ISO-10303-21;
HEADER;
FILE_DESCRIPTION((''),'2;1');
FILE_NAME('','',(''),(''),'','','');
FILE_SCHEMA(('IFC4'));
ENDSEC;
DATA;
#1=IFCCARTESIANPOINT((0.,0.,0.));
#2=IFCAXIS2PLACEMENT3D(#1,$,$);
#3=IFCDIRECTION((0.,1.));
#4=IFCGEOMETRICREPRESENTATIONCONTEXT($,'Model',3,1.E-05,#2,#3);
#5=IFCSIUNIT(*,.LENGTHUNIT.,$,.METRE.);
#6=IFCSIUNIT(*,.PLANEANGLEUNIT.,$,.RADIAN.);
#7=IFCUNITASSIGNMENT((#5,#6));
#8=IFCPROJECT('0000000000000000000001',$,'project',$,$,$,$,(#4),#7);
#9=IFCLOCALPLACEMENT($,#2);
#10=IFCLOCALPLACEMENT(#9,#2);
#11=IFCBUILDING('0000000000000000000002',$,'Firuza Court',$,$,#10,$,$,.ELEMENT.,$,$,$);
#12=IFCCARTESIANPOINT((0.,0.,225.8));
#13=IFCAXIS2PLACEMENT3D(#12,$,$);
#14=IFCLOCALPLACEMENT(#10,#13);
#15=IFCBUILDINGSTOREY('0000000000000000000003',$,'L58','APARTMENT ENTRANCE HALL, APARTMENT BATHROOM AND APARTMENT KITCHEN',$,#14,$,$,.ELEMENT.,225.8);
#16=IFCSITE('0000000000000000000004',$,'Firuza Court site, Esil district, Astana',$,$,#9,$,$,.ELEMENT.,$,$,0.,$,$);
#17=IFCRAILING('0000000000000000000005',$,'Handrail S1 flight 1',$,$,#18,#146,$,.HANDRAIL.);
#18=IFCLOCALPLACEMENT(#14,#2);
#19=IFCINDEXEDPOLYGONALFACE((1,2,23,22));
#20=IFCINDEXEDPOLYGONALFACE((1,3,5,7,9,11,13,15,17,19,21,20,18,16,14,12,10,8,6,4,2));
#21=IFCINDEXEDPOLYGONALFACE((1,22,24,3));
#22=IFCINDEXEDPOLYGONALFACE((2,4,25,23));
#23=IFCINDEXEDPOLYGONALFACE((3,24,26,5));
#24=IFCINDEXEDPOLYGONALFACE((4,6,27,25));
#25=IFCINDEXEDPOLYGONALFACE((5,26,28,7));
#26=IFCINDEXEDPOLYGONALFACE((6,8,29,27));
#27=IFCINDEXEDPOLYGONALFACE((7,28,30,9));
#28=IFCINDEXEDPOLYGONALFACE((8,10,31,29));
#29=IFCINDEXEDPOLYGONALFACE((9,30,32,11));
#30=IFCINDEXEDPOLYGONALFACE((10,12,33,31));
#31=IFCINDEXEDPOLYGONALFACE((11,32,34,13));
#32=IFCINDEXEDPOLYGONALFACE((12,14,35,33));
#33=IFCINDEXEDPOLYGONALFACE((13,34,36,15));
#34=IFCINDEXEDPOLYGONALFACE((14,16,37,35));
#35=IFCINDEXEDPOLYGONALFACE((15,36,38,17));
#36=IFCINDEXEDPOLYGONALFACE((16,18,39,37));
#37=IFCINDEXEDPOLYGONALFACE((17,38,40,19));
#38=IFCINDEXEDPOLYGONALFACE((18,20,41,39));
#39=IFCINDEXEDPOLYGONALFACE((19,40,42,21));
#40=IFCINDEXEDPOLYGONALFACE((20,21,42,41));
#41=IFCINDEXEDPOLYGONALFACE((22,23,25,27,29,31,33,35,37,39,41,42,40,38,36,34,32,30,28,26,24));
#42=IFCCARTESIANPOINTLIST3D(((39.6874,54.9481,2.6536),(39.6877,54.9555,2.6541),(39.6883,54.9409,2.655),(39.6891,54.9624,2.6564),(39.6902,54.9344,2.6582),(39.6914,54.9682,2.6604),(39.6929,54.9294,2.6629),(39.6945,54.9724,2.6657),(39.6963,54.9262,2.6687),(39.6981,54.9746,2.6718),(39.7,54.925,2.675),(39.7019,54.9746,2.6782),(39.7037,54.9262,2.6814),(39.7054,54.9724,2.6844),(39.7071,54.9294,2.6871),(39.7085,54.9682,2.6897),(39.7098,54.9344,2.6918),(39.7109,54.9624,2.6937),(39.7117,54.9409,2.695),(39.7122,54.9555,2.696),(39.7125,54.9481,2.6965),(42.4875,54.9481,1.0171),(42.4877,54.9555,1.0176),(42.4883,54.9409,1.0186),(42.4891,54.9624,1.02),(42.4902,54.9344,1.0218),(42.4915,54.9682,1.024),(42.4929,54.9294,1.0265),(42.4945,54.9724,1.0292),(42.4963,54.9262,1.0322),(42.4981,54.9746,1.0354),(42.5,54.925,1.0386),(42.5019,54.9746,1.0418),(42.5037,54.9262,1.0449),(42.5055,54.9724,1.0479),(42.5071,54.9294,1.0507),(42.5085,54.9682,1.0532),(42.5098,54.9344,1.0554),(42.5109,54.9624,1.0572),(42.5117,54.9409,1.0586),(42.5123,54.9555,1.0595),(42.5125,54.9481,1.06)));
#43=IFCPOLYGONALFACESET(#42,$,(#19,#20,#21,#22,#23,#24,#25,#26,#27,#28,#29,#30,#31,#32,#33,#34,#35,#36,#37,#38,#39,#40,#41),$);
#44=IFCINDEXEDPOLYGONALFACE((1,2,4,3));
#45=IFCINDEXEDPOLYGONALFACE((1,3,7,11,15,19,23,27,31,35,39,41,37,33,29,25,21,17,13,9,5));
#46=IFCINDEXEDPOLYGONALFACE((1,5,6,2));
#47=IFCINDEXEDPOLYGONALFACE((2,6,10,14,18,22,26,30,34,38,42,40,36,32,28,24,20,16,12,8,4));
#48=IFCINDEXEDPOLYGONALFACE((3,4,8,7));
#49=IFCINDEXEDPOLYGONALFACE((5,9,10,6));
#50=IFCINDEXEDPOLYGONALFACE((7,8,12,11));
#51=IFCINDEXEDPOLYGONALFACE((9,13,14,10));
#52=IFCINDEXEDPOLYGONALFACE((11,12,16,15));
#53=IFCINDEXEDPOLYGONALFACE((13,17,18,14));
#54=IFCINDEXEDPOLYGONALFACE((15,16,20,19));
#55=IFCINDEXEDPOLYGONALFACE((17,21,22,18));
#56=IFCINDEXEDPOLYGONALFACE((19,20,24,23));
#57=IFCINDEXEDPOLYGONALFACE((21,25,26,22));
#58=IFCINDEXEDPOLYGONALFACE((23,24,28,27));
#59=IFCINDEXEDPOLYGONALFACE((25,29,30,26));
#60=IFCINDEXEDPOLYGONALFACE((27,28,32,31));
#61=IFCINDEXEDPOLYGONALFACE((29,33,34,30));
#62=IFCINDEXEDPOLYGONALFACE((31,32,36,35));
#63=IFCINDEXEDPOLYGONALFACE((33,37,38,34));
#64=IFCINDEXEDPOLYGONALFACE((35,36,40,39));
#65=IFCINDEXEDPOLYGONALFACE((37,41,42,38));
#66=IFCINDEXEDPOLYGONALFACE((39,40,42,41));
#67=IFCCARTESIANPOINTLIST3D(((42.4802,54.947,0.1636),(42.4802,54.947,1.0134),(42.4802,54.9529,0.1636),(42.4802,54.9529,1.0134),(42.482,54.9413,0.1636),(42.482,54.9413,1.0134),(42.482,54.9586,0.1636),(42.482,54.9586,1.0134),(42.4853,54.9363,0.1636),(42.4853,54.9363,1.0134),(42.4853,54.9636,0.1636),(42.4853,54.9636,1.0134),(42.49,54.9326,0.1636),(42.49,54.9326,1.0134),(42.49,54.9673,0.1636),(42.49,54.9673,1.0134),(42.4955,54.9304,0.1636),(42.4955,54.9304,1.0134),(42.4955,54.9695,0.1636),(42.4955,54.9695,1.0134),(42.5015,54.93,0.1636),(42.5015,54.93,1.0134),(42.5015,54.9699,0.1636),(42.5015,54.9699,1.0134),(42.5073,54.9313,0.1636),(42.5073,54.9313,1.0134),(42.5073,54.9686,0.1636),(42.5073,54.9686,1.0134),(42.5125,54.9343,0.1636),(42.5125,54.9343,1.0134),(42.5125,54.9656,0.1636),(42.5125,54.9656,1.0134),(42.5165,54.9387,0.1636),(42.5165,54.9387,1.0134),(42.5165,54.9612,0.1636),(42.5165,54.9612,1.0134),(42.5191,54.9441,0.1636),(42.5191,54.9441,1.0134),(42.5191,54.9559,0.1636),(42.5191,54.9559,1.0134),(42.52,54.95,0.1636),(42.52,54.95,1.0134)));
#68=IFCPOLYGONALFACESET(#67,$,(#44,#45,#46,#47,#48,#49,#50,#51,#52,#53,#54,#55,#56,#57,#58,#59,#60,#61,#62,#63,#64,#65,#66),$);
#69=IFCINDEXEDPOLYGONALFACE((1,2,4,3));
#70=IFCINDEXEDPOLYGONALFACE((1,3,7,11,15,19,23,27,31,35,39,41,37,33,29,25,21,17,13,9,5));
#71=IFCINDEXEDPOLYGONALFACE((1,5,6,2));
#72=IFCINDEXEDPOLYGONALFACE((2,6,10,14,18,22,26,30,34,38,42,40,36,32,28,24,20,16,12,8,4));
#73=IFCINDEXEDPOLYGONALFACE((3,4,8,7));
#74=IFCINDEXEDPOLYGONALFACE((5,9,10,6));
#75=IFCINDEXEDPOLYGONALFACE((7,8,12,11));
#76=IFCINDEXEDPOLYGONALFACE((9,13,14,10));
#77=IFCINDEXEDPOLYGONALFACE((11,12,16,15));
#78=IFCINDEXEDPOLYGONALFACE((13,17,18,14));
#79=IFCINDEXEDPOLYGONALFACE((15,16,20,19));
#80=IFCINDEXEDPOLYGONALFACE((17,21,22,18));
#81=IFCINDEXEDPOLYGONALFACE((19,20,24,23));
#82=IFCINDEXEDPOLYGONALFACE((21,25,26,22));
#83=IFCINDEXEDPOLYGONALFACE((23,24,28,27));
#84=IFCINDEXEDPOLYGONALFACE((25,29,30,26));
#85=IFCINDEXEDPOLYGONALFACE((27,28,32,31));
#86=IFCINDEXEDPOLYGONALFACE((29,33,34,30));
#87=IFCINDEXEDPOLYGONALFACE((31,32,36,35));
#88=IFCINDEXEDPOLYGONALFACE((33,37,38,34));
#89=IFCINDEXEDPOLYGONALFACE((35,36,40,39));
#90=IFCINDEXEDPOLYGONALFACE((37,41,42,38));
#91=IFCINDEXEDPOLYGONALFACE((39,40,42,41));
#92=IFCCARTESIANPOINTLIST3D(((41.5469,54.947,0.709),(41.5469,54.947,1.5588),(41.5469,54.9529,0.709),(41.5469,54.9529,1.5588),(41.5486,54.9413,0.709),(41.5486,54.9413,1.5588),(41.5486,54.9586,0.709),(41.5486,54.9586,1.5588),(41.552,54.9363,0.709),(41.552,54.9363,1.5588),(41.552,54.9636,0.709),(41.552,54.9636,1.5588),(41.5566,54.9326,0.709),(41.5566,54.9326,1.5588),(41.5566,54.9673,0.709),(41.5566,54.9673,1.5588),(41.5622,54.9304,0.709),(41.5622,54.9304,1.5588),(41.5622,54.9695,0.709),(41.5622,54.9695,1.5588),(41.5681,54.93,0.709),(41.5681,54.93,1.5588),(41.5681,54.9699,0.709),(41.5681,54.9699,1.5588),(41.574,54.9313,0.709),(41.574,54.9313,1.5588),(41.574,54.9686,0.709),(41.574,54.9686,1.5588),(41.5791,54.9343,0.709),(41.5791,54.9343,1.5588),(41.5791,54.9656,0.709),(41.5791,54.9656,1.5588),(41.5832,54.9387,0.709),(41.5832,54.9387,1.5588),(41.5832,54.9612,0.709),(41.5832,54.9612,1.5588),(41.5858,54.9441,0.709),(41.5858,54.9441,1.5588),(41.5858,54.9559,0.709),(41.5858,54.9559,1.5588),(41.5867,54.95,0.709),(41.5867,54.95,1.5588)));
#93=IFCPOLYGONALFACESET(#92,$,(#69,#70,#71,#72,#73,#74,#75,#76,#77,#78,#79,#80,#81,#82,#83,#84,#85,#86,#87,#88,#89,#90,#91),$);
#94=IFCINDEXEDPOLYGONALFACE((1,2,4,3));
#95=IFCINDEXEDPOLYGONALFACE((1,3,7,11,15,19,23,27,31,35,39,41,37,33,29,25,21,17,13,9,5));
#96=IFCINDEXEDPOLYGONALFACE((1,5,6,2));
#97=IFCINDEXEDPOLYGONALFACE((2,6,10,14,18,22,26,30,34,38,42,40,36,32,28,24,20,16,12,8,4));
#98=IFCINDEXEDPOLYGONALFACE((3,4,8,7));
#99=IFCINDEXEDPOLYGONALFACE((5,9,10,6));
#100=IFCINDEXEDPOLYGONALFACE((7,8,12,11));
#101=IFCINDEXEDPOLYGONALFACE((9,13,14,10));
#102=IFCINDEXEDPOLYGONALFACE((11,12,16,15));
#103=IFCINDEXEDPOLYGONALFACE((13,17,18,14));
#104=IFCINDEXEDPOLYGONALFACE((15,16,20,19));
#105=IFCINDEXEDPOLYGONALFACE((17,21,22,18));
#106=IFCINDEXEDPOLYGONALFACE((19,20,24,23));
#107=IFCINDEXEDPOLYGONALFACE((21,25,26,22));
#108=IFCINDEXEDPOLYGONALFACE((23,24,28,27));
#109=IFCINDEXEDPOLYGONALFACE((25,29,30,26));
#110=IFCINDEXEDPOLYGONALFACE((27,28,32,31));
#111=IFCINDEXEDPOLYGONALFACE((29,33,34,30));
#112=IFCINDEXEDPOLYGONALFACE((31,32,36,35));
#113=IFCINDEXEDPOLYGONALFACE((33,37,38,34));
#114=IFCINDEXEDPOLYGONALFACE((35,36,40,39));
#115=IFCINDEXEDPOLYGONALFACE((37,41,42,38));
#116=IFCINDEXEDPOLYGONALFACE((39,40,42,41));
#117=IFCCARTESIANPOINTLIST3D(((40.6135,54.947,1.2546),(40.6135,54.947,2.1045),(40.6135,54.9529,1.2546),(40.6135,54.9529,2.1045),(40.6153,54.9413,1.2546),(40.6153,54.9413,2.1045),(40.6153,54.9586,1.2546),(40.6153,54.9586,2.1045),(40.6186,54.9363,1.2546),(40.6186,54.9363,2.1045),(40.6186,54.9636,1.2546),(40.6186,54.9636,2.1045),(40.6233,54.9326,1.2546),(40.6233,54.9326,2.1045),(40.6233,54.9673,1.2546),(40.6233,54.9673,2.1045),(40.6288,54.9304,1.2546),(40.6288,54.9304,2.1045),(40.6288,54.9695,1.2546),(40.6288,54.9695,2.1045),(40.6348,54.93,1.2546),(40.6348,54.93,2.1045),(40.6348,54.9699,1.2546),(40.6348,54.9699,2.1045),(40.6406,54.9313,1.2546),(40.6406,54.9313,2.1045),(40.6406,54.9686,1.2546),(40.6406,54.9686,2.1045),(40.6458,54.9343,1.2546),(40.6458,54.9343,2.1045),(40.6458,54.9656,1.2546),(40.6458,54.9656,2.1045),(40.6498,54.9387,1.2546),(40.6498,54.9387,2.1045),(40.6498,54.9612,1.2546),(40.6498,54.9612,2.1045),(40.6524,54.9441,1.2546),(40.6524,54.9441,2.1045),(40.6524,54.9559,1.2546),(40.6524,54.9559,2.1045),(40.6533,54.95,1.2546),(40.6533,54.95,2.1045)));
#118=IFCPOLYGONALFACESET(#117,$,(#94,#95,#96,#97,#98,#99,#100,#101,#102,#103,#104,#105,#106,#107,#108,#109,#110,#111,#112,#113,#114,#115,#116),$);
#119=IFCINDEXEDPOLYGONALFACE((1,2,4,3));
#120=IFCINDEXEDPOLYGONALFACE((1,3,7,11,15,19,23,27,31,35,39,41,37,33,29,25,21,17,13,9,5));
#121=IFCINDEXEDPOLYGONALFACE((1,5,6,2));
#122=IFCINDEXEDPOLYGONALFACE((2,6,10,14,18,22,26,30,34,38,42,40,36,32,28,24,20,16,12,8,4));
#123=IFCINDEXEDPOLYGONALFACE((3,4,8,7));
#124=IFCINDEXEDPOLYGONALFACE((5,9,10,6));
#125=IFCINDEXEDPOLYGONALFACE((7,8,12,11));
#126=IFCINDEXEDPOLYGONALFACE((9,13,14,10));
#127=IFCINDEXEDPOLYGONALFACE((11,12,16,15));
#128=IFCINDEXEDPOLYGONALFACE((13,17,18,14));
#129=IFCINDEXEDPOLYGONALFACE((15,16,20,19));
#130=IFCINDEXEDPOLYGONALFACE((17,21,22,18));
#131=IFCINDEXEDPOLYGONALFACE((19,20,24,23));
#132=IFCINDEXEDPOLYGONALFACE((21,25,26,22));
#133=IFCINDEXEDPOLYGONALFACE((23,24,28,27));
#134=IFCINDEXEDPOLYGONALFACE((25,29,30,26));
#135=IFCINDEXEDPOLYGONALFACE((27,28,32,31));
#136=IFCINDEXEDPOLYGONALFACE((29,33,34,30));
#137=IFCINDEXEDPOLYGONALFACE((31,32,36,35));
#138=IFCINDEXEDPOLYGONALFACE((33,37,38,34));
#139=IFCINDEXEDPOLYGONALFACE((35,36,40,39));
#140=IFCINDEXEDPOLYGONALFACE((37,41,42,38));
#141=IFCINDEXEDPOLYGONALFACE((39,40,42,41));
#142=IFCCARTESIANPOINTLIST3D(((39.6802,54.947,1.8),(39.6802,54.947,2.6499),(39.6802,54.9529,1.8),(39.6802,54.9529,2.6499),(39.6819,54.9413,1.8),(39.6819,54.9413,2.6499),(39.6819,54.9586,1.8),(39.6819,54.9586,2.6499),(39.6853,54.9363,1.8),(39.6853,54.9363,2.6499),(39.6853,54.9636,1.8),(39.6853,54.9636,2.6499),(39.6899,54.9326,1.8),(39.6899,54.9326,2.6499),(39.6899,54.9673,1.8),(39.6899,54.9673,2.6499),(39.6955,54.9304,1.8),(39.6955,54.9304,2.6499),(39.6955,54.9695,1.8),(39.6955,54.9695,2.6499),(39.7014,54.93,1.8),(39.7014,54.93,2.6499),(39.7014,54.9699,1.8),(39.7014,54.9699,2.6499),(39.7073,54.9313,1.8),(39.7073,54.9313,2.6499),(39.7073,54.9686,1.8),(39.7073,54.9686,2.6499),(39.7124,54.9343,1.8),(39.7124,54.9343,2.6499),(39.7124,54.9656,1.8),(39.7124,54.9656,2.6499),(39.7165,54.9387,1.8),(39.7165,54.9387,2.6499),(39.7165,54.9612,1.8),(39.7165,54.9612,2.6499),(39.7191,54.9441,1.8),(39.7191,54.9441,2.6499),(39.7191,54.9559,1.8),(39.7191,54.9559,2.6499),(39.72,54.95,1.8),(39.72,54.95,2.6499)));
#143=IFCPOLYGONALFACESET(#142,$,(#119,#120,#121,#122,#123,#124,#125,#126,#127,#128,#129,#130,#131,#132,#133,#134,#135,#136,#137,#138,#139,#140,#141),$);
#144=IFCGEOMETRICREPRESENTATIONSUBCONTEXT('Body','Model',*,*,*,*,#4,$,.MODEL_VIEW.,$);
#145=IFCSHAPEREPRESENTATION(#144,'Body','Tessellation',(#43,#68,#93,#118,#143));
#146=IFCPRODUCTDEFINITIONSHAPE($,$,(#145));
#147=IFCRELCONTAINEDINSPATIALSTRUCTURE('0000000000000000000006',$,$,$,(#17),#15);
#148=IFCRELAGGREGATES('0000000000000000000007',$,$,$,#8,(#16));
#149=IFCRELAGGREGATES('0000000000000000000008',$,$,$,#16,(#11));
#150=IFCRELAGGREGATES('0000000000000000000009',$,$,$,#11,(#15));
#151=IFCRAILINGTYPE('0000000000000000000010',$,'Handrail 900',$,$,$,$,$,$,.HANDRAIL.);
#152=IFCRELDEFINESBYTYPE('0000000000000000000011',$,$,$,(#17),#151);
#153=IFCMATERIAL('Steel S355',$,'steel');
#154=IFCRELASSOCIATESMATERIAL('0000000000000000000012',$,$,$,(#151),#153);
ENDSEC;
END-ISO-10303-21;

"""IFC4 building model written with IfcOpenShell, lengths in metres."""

from ifc_helpers import new_model, si_unit, direction, frame, origin, origin_2d, place, context, subcontext, project, spatial, circle, extrude, material, type_object, element, save


model = new_model("IFC4")

# Units and contexts
model_context = context("Model", 3, precision=1e-05, world=origin(), true_north=direction((0.0, 1.0)))
body_context = subcontext(model_context, "Body", "Model", "MODEL_VIEW")
ifc_project = project(units=[si_unit("LENGTHUNIT", "METRE"), si_unit("PLANEANGLEUNIT", "RADIAN")], contexts=[model_context])

# Site, building, storey
site_placement = place(None, origin())
site = spatial("IfcSite", under=ifc_project, at=site_placement, Name="Firuza Court site, Esil district, Astana", CompositionType="ELEMENT", RefElevation=0.0)
building_placement = place(site_placement, origin())
building = spatial("IfcBuilding", under=site, at=building_placement, Name="Firuza Court", CompositionType="ELEMENT")
storey_placement = place(building_placement, frame((0.0, 0.0, 225.8)))
storey = spatial("IfcBuildingStorey", under=building, at=storey_placement, Name="L58", Description="APARTMENT ENTRANCE HALL, APARTMENT BATHROOM AND APARTMENT KITCHEN", CompositionType="ELEMENT", Elevation=225.8)

# Railing
ifc_material_1 = material(Name="Steel S355", Category="steel")
railing_type = type_object("IfcRailingType", Name="Handrail 900", PredefinedType="HANDRAIL", material=ifc_material_1)
railing_1_placement = place(storey_placement, frame((42.5, 54.95, 0.1636)))
element("IfcRailing", 1, at=railing_1_placement, inside=storey, type_object=railing_type, Name="Handrail S1 flight 1", PredefinedType="HANDRAIL", context=body_context, shape_type="SweptSolid", body=[
    extrude(circle(Radius=0.0249, at=origin_2d()), frame((0.0, 0.0, 0.875), z_axis=(-0.863361, 0.0, 0.504587), x_axis=(0.0, -1.0, 0.0)), (0.0, 0.0, 1.0), 3.2432),
    extrude(circle(Radius=0.02, at=origin_2d()), origin(), (0.0, 0.0, 1.0), 0.8499),
    extrude(circle(Radius=0.02, at=origin_2d()), frame((-0.9333, 0.0, 0.5454)), (0.0, 0.0, 1.0), 0.8499),
    extrude(circle(Radius=0.02, at=origin_2d()), frame((-1.8667, 0.0, 1.0911)), (0.0, 0.0, 1.0), 0.8499),
    extrude(circle(Radius=0.02, at=origin_2d()), frame((-2.8, 0.0, 1.6365)), (0.0, 0.0, 1.0), 0.8499),
])

save(model, "model.ifc")
